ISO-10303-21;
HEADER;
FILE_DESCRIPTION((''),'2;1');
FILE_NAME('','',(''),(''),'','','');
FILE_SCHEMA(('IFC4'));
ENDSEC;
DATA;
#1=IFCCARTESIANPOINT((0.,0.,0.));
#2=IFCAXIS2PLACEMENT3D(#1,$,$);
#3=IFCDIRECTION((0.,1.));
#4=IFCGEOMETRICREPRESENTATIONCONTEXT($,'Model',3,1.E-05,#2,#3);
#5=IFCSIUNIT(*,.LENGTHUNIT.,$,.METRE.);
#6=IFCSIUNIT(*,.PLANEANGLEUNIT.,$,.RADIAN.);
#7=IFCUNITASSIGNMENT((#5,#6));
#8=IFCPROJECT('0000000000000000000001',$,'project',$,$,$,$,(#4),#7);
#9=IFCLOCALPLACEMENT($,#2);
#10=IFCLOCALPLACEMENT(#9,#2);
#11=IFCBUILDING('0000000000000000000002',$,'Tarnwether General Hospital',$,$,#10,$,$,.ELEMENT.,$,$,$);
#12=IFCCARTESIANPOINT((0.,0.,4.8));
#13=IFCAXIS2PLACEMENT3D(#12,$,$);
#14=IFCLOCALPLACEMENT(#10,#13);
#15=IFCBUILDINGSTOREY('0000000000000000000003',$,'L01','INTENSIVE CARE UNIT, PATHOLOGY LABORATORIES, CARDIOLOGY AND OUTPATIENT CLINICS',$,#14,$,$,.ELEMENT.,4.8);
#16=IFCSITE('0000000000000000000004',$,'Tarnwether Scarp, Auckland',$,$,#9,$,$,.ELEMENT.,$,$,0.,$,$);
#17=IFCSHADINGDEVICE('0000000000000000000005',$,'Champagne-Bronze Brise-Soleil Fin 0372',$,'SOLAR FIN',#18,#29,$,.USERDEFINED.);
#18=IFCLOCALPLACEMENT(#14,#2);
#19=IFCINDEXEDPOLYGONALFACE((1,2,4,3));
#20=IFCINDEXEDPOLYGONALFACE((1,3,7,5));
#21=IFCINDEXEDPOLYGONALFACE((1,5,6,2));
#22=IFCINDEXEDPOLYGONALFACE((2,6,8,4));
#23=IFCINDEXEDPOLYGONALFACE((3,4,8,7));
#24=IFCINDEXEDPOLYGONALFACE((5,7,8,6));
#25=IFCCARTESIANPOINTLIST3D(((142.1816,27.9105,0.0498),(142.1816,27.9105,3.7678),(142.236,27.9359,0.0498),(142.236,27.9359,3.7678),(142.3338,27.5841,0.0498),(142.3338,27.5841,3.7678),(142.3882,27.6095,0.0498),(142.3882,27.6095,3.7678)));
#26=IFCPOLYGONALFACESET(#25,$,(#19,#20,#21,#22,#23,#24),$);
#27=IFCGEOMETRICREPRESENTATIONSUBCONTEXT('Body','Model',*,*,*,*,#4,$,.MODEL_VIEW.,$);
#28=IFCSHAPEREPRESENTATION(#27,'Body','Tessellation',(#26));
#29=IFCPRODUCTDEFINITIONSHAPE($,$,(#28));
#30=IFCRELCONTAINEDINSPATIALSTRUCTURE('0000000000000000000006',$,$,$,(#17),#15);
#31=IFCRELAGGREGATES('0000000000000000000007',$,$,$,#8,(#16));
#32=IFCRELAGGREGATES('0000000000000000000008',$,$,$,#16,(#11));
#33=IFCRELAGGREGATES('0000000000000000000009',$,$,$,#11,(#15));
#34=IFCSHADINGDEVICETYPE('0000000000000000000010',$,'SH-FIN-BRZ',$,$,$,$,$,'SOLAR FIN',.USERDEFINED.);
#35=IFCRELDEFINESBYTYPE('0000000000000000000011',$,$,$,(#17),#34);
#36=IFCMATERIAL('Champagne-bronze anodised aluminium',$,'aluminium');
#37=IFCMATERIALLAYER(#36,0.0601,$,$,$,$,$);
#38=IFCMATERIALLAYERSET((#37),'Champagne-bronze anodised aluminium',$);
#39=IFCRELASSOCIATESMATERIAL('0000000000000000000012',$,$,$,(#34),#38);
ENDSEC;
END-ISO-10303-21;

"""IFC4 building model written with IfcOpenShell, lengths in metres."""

from ifc_helpers import new_model, si_unit, direction, frame, origin, origin_2d, place, context, subcontext, project, spatial, rectangle, extrude, material, layer, layer_set, type_object, element, save


model = new_model("IFC4")

# Units and contexts
model_context = context("Model", 3, precision=1e-05, world=origin(), true_north=direction((0.0, 1.0)))
body_context = subcontext(model_context, "Body", "Model", "MODEL_VIEW")
ifc_project = project(units=[si_unit("LENGTHUNIT", "METRE"), si_unit("PLANEANGLEUNIT", "RADIAN")], contexts=[model_context])

# Site, building, storey
site_placement = place(None, origin())
site = spatial("IfcSite", under=ifc_project, at=site_placement, Name="Tarnwether Scarp, Auckland", CompositionType="ELEMENT", RefElevation=0.0)
building_placement = place(site_placement, origin())
building = spatial("IfcBuilding", under=site, at=building_placement, Name="Tarnwether General Hospital", CompositionType="ELEMENT")
storey_placement = place(building_placement, frame((0.0, 0.0, 4.8)))
storey = spatial("IfcBuildingStorey", under=building, at=storey_placement, Name="L01", Description="INTENSIVE CARE UNIT, PATHOLOGY LABORATORIES, CARDIOLOGY AND OUTPATIENT CLINICS", CompositionType="ELEMENT", Elevation=4.8)

# Shading device
ifc_material_1 = material(Name="Champagne-bronze anodised aluminium", Category="aluminium")
ifc_layer_1 = layer(ifc_material_1, 0.0601)
ifc_layer_set_1 = layer_set([ifc_layer_1], Name="Champagne-bronze anodised aluminium")
shading_device_type = type_object("IfcShadingDeviceType", Name="SH-FIN-BRZ", ElementType="SOLAR FIN", PredefinedType="USERDEFINED", material=ifc_layer_set_1)
shading_device_placement = place(storey_placement, frame((142.2849, 27.76, 0.0498), z_axis=(0.0, 0.0, 1.0), x_axis=(0.906308, 0.422618, 0.0)))
element("IfcShadingDevice", 1, at=shading_device_placement, inside=storey, type_object=shading_device_type, Name="Champagne-Bronze Brise-Soleil Fin 0372", ObjectType="SOLAR FIN", PredefinedType="USERDEFINED", context=body_context, shape_type="SweptSolid", body=[
    extrude(rectangle(XDim=0.0601, YDim=0.3601, at=origin_2d()), origin(), (0.0, 0.0, 1.0), 3.718),
])

save(model, "model.ifc")
